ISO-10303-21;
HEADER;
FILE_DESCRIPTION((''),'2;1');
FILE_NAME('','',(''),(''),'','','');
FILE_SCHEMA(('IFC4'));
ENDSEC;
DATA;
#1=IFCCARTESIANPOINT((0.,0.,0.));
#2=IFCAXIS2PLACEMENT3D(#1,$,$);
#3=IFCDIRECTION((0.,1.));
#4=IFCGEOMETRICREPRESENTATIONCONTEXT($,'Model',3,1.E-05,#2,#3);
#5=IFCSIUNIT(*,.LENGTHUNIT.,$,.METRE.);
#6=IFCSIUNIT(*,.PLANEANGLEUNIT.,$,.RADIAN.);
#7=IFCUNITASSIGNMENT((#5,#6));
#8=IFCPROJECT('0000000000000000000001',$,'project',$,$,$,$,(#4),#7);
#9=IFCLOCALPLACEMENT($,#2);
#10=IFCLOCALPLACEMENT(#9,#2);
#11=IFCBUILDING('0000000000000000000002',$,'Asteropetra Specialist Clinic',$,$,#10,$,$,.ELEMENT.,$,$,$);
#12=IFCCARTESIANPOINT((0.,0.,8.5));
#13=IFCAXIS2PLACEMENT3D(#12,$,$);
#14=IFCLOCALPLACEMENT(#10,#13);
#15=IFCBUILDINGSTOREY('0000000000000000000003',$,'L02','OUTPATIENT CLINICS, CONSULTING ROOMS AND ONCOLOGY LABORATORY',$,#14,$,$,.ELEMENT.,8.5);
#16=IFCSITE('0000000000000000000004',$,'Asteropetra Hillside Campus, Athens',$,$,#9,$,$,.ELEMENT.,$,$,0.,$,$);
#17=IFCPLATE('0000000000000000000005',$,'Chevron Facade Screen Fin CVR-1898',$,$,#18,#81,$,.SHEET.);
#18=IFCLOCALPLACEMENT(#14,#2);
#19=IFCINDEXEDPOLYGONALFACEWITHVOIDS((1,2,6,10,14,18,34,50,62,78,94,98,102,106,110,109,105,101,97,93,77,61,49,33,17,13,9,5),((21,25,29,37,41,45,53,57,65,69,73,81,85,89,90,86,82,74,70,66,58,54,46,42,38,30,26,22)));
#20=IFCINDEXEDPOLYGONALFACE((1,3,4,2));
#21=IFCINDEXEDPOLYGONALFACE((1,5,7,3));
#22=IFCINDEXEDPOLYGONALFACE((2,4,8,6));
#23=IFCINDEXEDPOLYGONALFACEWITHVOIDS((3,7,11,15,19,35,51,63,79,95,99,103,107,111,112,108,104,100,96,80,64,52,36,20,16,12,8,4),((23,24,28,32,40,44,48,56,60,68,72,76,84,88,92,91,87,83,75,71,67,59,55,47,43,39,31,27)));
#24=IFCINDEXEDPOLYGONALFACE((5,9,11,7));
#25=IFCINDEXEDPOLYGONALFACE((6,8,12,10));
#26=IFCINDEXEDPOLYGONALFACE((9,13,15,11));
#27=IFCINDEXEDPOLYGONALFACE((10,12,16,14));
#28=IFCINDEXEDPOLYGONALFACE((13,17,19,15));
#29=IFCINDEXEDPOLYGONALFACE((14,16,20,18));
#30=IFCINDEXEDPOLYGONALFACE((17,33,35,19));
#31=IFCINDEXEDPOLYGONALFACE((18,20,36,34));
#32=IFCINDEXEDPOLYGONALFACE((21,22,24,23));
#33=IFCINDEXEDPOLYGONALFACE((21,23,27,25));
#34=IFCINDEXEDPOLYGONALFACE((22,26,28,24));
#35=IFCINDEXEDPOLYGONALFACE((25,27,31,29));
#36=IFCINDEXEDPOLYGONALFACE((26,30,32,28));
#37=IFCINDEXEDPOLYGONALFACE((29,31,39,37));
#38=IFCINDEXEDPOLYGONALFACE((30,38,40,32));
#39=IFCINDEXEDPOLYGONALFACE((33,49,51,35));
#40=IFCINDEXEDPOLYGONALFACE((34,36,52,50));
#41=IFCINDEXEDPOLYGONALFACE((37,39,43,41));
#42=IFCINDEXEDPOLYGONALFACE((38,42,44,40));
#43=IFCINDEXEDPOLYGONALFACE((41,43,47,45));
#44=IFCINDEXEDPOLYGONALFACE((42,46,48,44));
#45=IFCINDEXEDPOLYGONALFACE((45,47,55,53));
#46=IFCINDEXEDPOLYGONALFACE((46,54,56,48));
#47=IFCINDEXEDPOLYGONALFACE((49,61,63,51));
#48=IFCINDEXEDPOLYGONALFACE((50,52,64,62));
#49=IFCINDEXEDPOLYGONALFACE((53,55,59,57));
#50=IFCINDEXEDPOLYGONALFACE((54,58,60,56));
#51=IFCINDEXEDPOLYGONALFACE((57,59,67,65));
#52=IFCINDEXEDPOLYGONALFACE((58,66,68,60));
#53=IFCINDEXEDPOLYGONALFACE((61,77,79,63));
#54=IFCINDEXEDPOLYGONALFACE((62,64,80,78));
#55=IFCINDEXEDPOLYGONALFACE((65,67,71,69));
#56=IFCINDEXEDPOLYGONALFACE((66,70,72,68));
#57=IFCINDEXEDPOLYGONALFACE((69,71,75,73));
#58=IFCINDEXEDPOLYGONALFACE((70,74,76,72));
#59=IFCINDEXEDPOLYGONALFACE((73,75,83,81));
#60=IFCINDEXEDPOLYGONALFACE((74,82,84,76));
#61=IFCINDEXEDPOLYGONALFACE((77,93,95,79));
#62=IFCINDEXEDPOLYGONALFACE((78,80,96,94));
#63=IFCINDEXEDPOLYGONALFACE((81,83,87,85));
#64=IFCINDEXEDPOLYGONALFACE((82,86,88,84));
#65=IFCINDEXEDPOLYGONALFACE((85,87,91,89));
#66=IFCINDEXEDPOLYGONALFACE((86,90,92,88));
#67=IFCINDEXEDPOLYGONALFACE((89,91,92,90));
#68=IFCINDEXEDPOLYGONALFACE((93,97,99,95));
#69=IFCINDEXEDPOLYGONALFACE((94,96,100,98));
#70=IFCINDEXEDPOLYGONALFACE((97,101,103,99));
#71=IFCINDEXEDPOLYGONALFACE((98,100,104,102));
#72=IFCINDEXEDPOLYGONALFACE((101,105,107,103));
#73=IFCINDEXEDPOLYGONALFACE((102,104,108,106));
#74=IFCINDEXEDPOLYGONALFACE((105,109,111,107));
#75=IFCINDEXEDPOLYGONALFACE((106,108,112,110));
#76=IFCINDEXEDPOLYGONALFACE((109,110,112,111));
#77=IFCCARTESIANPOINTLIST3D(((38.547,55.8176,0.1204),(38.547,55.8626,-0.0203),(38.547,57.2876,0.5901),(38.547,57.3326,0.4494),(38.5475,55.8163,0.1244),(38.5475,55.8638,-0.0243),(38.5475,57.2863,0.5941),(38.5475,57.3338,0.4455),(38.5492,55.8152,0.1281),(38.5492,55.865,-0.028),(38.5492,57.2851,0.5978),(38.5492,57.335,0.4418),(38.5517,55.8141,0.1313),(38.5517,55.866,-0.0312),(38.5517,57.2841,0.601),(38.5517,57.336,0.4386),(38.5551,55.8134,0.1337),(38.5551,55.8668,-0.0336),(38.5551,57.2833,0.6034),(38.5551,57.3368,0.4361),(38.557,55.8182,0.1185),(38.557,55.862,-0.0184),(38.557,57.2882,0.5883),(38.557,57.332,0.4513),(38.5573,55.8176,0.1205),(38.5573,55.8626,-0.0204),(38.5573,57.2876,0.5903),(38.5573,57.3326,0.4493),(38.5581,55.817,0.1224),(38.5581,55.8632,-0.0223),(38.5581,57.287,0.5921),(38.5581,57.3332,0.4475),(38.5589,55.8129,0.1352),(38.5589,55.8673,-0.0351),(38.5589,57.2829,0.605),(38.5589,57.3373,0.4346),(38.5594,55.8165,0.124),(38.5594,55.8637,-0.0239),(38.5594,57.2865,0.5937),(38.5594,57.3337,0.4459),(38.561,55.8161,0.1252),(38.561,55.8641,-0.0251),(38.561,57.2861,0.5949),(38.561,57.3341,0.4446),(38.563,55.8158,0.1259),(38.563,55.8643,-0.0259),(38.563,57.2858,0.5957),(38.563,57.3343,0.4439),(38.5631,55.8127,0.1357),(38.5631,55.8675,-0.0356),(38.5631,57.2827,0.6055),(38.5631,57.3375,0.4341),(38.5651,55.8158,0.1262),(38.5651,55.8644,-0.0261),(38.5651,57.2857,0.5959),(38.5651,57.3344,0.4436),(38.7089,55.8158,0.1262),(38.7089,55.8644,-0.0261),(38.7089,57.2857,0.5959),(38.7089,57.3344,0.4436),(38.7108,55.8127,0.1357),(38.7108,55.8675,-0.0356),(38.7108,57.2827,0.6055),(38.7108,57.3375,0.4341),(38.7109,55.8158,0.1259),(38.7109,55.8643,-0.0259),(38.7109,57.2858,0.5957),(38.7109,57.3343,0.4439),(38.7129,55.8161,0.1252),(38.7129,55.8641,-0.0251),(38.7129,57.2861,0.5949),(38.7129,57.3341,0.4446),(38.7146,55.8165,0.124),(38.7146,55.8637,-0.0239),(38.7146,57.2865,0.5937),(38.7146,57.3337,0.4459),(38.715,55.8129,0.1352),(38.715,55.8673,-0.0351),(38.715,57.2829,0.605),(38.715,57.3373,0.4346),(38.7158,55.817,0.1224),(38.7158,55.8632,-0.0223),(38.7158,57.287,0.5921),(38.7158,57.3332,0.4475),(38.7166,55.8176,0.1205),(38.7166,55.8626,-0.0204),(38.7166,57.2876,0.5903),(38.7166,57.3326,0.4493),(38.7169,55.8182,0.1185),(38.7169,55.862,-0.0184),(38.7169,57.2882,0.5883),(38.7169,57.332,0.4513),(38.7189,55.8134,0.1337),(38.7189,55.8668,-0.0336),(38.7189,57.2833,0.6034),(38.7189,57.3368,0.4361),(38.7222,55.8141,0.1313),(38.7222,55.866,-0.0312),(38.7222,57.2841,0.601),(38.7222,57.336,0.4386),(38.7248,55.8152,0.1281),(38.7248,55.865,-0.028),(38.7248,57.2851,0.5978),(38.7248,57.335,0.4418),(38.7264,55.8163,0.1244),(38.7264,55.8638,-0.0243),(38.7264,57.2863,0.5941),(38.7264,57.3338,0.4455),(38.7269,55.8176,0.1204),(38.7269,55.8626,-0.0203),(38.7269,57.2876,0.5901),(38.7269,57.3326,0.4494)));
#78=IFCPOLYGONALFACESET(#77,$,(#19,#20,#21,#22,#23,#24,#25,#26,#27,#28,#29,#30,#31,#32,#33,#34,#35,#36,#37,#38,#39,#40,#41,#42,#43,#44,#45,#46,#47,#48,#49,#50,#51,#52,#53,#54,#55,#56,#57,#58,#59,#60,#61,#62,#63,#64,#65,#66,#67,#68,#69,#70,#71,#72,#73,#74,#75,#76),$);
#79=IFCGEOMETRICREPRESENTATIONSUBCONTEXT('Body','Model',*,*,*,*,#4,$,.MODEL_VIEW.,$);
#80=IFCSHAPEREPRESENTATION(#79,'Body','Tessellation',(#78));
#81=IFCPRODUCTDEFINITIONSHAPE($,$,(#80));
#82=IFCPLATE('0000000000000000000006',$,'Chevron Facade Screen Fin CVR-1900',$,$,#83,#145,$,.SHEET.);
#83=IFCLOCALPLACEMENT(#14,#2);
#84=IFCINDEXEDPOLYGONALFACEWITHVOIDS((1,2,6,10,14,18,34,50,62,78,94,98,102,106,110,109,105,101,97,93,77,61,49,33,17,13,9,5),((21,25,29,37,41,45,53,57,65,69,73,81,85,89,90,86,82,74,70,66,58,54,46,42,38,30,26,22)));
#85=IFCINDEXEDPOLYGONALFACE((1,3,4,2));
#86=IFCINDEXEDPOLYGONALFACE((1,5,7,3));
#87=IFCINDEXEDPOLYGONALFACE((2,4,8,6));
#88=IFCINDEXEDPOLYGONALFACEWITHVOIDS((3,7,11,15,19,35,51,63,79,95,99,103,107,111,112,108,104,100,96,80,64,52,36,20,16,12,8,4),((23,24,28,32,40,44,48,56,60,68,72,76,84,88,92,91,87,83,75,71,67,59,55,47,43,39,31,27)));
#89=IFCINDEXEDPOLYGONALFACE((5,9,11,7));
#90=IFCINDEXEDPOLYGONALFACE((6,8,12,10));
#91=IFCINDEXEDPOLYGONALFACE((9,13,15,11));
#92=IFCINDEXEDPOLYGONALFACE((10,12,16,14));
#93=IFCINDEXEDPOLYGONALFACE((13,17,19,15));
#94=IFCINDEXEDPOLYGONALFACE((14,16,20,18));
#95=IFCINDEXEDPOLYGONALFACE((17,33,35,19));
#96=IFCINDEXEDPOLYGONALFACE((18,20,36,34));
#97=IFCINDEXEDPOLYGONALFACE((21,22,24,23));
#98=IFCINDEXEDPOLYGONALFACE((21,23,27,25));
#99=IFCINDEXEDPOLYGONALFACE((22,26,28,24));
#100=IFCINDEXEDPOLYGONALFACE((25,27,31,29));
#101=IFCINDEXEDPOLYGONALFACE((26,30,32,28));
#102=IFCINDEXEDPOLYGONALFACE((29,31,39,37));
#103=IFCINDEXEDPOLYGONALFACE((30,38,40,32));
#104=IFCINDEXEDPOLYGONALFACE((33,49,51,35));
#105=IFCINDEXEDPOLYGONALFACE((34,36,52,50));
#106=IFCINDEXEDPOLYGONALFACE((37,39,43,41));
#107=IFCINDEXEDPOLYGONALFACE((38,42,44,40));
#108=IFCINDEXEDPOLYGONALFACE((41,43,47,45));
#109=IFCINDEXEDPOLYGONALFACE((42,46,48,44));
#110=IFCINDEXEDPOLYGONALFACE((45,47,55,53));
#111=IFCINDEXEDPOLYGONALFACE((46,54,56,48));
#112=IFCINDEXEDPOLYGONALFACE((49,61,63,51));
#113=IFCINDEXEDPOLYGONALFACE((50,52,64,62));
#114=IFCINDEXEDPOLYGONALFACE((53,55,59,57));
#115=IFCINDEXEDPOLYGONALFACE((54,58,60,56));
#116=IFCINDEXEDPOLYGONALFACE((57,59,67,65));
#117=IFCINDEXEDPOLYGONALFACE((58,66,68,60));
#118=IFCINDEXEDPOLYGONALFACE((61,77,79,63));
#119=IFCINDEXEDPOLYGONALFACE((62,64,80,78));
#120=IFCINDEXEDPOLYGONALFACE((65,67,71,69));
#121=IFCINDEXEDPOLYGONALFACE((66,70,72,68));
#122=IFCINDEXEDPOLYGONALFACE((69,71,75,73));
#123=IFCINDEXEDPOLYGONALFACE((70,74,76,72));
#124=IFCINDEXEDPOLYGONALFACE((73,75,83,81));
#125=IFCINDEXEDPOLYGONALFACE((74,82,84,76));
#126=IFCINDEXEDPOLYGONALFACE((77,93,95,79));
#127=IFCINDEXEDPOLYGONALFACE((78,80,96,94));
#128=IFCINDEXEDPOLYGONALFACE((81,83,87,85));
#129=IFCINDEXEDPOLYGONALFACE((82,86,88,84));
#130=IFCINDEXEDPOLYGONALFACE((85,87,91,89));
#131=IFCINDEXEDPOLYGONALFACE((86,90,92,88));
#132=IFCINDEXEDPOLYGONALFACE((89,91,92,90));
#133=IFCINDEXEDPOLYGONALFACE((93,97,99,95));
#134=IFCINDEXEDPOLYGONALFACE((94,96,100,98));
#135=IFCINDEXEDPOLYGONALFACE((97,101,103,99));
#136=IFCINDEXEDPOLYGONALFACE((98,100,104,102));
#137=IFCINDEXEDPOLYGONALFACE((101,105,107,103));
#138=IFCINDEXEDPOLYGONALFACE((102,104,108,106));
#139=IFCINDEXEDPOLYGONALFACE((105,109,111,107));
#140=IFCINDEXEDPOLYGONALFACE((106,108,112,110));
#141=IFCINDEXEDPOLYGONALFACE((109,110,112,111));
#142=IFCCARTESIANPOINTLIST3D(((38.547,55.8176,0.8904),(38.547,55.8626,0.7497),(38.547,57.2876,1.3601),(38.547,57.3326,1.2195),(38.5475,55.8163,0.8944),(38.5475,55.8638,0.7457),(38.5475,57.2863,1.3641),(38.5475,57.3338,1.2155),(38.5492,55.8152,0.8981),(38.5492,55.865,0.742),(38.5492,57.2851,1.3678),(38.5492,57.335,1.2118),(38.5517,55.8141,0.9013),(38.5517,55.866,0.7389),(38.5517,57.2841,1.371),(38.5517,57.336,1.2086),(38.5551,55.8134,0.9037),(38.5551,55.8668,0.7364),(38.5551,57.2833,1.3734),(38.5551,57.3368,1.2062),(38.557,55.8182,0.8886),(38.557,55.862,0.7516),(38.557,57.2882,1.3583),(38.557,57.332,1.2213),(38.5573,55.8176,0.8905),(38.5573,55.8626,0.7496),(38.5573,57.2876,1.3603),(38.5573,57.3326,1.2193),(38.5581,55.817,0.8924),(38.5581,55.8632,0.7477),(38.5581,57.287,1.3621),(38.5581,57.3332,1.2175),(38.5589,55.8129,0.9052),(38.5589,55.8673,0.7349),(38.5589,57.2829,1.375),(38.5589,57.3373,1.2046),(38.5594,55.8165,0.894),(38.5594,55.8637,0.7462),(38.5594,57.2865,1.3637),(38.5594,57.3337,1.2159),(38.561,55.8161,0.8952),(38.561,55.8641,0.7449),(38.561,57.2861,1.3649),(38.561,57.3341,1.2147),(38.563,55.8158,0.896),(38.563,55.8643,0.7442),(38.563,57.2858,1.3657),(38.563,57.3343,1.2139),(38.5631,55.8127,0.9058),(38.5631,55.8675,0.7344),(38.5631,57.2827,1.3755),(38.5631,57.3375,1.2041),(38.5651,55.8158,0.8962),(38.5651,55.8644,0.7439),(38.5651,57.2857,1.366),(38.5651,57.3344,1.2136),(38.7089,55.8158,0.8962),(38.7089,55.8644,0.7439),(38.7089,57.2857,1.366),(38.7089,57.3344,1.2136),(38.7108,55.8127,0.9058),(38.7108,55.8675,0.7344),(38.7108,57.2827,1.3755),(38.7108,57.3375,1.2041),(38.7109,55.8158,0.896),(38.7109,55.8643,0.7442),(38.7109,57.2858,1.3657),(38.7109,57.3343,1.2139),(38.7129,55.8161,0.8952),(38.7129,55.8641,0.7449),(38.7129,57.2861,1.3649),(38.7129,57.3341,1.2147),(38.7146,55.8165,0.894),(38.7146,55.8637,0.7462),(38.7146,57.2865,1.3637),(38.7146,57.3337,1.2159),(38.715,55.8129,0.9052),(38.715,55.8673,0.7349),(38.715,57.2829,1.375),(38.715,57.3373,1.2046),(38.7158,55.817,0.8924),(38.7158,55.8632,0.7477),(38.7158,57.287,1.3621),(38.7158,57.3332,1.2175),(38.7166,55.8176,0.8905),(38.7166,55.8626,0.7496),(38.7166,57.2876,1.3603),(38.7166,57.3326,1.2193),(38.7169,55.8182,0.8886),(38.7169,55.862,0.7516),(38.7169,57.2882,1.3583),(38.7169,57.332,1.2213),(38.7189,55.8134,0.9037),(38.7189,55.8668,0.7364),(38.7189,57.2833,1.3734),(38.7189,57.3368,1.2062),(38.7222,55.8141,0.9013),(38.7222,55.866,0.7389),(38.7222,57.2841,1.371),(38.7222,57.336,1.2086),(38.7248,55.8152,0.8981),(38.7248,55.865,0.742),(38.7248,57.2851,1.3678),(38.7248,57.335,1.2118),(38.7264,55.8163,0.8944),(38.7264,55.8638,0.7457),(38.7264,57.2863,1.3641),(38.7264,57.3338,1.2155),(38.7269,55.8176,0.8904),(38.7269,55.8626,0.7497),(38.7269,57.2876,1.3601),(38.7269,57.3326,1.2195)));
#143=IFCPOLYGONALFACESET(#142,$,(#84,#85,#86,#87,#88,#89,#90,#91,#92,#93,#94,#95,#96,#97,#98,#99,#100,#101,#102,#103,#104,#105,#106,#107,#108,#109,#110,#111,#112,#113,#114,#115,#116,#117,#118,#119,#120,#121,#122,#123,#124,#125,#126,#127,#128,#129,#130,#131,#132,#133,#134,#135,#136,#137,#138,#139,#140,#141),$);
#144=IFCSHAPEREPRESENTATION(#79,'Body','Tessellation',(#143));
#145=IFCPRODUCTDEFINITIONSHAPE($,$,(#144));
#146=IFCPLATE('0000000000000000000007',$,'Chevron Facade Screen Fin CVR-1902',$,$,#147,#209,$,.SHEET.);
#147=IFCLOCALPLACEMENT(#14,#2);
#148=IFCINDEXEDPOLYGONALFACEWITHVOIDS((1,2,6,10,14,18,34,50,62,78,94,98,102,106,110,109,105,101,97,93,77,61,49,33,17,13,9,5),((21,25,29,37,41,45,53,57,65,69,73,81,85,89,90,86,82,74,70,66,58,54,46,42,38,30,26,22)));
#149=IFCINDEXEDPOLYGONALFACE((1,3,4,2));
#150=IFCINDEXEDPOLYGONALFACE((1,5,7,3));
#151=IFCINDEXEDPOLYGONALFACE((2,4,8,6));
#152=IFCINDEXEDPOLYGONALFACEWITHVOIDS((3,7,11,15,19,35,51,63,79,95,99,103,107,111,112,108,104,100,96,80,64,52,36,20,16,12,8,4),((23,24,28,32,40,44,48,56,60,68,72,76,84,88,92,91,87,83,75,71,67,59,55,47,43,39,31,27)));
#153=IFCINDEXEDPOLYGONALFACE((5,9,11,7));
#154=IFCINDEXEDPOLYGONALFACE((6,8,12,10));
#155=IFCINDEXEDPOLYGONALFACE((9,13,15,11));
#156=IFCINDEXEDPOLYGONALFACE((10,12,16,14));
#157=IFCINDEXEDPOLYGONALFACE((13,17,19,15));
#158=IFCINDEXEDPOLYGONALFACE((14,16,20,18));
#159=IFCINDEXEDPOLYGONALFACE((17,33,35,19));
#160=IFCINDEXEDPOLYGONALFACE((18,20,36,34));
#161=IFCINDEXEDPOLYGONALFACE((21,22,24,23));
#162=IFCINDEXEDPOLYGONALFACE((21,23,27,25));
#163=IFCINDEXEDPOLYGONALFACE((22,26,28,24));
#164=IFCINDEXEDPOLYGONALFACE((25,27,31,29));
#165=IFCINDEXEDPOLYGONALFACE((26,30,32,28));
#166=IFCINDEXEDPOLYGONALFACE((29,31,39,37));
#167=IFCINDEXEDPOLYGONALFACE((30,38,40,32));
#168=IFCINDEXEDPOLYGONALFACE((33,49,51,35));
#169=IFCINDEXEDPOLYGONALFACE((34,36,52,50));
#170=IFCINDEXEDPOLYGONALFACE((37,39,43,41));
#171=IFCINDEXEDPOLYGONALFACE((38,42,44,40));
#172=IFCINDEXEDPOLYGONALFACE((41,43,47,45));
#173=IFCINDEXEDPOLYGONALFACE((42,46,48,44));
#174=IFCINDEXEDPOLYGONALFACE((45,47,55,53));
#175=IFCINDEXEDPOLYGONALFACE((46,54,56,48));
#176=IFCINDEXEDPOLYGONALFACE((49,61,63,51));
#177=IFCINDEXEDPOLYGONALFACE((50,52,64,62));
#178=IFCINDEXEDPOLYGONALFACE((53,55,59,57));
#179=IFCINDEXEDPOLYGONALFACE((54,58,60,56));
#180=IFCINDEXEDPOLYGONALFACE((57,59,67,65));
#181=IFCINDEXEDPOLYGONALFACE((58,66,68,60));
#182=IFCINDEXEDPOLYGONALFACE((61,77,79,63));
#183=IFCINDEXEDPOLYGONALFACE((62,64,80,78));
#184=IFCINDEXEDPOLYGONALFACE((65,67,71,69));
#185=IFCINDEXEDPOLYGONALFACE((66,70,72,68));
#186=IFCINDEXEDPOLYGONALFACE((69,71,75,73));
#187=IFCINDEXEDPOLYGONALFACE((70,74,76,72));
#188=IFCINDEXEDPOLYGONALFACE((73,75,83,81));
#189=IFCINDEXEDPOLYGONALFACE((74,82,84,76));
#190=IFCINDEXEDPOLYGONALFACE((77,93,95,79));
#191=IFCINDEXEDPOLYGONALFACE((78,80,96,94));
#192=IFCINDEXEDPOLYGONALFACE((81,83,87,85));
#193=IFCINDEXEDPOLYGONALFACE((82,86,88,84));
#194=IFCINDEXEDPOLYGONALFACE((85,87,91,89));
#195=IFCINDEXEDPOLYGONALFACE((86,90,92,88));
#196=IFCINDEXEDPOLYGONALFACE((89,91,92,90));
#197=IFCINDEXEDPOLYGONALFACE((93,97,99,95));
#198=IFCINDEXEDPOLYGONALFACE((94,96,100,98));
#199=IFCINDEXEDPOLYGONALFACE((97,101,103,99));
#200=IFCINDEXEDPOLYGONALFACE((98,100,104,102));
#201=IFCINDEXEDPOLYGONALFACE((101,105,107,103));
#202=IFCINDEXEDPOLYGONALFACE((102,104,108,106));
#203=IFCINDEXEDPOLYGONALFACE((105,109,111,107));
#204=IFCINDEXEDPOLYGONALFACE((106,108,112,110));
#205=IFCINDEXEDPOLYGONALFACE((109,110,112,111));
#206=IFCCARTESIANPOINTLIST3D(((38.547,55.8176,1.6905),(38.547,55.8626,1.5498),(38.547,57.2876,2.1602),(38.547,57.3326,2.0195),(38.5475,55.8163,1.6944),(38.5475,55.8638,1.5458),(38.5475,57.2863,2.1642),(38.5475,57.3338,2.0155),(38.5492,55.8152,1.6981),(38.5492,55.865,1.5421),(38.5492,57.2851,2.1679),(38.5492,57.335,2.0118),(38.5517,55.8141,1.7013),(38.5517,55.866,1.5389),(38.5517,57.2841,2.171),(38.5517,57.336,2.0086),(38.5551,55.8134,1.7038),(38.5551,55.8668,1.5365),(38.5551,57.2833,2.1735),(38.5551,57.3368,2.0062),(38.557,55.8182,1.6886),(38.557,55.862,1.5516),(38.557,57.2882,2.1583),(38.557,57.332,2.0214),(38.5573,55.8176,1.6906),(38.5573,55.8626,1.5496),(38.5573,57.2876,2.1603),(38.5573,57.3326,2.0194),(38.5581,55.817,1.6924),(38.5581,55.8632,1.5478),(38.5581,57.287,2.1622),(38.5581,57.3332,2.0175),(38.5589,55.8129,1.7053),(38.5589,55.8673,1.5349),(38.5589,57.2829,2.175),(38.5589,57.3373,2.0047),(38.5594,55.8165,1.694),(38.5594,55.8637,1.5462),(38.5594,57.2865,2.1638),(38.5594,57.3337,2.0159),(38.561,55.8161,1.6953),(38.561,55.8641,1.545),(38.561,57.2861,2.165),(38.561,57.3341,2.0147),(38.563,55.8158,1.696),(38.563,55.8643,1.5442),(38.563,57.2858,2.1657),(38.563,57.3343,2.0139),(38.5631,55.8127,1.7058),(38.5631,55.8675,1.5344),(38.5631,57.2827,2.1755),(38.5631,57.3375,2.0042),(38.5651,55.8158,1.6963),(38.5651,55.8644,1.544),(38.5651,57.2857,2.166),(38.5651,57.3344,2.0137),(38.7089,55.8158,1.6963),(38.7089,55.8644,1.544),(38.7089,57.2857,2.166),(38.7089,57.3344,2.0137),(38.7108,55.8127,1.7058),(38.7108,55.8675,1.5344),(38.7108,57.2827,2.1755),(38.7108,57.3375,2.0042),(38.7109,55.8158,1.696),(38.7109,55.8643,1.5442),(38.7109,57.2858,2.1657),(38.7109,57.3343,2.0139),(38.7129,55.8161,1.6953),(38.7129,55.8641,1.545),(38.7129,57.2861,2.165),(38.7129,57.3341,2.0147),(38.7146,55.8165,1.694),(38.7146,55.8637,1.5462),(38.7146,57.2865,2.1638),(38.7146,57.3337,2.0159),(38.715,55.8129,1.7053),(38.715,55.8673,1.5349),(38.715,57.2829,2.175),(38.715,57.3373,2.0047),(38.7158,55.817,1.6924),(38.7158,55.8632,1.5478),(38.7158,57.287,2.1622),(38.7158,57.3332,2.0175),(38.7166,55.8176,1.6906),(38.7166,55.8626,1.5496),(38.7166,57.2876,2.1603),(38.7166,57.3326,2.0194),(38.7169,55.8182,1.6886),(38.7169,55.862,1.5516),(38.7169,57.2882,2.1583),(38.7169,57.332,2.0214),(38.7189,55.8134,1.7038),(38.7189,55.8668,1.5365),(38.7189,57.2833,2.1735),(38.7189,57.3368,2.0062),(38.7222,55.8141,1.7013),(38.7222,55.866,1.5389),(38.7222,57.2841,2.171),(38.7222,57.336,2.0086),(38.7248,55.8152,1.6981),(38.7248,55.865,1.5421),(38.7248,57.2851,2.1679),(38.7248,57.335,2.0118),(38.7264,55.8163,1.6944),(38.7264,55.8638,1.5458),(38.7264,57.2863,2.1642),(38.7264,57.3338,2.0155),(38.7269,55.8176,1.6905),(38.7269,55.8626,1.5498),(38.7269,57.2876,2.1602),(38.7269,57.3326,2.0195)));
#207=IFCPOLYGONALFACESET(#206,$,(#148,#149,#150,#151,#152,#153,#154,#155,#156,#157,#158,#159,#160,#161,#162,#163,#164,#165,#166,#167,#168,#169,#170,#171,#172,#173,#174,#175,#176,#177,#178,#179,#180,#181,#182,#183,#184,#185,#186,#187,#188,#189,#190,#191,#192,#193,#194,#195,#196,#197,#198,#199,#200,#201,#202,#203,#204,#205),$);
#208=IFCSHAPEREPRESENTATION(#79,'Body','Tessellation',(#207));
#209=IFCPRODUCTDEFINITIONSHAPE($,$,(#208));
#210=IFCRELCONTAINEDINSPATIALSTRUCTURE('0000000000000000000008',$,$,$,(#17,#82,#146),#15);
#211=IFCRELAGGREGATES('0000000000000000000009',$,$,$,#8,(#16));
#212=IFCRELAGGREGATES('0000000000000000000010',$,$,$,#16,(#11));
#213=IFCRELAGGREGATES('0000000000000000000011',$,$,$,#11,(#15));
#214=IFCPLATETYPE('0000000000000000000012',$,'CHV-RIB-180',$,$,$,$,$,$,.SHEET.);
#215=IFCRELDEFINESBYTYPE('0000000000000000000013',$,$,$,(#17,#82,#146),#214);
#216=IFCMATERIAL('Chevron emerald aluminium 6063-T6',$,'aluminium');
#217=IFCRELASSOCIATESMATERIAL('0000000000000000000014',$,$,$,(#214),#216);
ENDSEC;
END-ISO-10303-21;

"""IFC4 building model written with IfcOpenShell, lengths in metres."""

from ifc_helpers import new_model, si_unit, direction, frame, origin, origin_2d, place, context, subcontext, project, spatial, hollow_rectangle, extrude, material, material_profile, profile_set, type_object, element, save


model = new_model("IFC4")

# Units and contexts
model_context = context("Model", 3, precision=1e-05, world=origin(), true_north=direction((0.0, 1.0)))
body_context = subcontext(model_context, "Body", "Model", "MODEL_VIEW")
ifc_project = project(units=[si_unit("LENGTHUNIT", "METRE"), si_unit("PLANEANGLEUNIT", "RADIAN")], contexts=[model_context])

# Site, building, storey
site_placement = place(None, origin())
site = spatial("IfcSite", under=ifc_project, at=site_placement, Name="Asteropetra Hillside Campus, Athens", CompositionType="ELEMENT", RefElevation=0.0)
building_placement = place(site_placement, origin())
building = spatial("IfcBuilding", under=site, at=building_placement, Name="Asteropetra Specialist Clinic", CompositionType="ELEMENT")
storey_placement = place(building_placement, frame((0.0, 0.0, 8.5)))
storey = spatial("IfcBuildingStorey", under=building, at=storey_placement, Name="L02", Description="OUTPATIENT CLINICS, CONSULTING ROOMS AND ONCOLOGY LABORATORY", CompositionType="ELEMENT", Elevation=8.5)

# Plates
ifc_material_1 = material(Name="Chevron emerald aluminium 6063-T6", Category="aluminium")
ifc_material_profile_1 = material_profile(ifc_material_1, hollow_rectangle(XDim=0.1799, YDim=0.1799, WallThickness=0.01, InnerFilletRadius=0.0081, OuterFilletRadius=0.0161, at=origin_2d()), Name="SHS 180x180x10.0")
ifc_profile_set_1 = profile_set([ifc_material_profile_1], Name="Chevron emerald aluminium 6063-T6")
plate_type_1 = type_object("IfcPlateType", Name="CHV-RIB-180", PredefinedType="SHEET", material=ifc_profile_set_1)
for number, where, z_axis, x_axis, name in (
    (1, (38.637, 55.8401, 0.05), (0.0, 0.952549, 0.304385), (-1.0, 0.0, 0.0), "Chevron Facade Screen Fin CVR-1898"),
    (2, (38.637, 55.8401, 0.8201), (0.0, 0.952549, 0.304385), (-1.0, 0.0, 0.0), "Chevron Facade Screen Fin CVR-1900"),
    (3, (38.637, 55.8401, 1.6201), (0.0, 0.952549, 0.304385), (-1.0, 0.0, 0.0), "Chevron Facade Screen Fin CVR-1902"),
):
    element("IfcPlate", number, at=place(storey_placement, frame(where, z_axis=z_axis, x_axis=x_axis)), inside=storey, type_object=plate_type_1, Name=name, PredefinedType="SHEET", context=body_context, shape_type="SweptSolid", body=[
        extrude(hollow_rectangle(XDim=0.1799, YDim=0.1799, WallThickness=0.01, InnerFilletRadius=0.0081, OuterFilletRadius=0.0161, at=origin_2d()), origin(), (0.0, 0.0, 1.0), 1.5432),
    ])

save(model, "model.ifc")
